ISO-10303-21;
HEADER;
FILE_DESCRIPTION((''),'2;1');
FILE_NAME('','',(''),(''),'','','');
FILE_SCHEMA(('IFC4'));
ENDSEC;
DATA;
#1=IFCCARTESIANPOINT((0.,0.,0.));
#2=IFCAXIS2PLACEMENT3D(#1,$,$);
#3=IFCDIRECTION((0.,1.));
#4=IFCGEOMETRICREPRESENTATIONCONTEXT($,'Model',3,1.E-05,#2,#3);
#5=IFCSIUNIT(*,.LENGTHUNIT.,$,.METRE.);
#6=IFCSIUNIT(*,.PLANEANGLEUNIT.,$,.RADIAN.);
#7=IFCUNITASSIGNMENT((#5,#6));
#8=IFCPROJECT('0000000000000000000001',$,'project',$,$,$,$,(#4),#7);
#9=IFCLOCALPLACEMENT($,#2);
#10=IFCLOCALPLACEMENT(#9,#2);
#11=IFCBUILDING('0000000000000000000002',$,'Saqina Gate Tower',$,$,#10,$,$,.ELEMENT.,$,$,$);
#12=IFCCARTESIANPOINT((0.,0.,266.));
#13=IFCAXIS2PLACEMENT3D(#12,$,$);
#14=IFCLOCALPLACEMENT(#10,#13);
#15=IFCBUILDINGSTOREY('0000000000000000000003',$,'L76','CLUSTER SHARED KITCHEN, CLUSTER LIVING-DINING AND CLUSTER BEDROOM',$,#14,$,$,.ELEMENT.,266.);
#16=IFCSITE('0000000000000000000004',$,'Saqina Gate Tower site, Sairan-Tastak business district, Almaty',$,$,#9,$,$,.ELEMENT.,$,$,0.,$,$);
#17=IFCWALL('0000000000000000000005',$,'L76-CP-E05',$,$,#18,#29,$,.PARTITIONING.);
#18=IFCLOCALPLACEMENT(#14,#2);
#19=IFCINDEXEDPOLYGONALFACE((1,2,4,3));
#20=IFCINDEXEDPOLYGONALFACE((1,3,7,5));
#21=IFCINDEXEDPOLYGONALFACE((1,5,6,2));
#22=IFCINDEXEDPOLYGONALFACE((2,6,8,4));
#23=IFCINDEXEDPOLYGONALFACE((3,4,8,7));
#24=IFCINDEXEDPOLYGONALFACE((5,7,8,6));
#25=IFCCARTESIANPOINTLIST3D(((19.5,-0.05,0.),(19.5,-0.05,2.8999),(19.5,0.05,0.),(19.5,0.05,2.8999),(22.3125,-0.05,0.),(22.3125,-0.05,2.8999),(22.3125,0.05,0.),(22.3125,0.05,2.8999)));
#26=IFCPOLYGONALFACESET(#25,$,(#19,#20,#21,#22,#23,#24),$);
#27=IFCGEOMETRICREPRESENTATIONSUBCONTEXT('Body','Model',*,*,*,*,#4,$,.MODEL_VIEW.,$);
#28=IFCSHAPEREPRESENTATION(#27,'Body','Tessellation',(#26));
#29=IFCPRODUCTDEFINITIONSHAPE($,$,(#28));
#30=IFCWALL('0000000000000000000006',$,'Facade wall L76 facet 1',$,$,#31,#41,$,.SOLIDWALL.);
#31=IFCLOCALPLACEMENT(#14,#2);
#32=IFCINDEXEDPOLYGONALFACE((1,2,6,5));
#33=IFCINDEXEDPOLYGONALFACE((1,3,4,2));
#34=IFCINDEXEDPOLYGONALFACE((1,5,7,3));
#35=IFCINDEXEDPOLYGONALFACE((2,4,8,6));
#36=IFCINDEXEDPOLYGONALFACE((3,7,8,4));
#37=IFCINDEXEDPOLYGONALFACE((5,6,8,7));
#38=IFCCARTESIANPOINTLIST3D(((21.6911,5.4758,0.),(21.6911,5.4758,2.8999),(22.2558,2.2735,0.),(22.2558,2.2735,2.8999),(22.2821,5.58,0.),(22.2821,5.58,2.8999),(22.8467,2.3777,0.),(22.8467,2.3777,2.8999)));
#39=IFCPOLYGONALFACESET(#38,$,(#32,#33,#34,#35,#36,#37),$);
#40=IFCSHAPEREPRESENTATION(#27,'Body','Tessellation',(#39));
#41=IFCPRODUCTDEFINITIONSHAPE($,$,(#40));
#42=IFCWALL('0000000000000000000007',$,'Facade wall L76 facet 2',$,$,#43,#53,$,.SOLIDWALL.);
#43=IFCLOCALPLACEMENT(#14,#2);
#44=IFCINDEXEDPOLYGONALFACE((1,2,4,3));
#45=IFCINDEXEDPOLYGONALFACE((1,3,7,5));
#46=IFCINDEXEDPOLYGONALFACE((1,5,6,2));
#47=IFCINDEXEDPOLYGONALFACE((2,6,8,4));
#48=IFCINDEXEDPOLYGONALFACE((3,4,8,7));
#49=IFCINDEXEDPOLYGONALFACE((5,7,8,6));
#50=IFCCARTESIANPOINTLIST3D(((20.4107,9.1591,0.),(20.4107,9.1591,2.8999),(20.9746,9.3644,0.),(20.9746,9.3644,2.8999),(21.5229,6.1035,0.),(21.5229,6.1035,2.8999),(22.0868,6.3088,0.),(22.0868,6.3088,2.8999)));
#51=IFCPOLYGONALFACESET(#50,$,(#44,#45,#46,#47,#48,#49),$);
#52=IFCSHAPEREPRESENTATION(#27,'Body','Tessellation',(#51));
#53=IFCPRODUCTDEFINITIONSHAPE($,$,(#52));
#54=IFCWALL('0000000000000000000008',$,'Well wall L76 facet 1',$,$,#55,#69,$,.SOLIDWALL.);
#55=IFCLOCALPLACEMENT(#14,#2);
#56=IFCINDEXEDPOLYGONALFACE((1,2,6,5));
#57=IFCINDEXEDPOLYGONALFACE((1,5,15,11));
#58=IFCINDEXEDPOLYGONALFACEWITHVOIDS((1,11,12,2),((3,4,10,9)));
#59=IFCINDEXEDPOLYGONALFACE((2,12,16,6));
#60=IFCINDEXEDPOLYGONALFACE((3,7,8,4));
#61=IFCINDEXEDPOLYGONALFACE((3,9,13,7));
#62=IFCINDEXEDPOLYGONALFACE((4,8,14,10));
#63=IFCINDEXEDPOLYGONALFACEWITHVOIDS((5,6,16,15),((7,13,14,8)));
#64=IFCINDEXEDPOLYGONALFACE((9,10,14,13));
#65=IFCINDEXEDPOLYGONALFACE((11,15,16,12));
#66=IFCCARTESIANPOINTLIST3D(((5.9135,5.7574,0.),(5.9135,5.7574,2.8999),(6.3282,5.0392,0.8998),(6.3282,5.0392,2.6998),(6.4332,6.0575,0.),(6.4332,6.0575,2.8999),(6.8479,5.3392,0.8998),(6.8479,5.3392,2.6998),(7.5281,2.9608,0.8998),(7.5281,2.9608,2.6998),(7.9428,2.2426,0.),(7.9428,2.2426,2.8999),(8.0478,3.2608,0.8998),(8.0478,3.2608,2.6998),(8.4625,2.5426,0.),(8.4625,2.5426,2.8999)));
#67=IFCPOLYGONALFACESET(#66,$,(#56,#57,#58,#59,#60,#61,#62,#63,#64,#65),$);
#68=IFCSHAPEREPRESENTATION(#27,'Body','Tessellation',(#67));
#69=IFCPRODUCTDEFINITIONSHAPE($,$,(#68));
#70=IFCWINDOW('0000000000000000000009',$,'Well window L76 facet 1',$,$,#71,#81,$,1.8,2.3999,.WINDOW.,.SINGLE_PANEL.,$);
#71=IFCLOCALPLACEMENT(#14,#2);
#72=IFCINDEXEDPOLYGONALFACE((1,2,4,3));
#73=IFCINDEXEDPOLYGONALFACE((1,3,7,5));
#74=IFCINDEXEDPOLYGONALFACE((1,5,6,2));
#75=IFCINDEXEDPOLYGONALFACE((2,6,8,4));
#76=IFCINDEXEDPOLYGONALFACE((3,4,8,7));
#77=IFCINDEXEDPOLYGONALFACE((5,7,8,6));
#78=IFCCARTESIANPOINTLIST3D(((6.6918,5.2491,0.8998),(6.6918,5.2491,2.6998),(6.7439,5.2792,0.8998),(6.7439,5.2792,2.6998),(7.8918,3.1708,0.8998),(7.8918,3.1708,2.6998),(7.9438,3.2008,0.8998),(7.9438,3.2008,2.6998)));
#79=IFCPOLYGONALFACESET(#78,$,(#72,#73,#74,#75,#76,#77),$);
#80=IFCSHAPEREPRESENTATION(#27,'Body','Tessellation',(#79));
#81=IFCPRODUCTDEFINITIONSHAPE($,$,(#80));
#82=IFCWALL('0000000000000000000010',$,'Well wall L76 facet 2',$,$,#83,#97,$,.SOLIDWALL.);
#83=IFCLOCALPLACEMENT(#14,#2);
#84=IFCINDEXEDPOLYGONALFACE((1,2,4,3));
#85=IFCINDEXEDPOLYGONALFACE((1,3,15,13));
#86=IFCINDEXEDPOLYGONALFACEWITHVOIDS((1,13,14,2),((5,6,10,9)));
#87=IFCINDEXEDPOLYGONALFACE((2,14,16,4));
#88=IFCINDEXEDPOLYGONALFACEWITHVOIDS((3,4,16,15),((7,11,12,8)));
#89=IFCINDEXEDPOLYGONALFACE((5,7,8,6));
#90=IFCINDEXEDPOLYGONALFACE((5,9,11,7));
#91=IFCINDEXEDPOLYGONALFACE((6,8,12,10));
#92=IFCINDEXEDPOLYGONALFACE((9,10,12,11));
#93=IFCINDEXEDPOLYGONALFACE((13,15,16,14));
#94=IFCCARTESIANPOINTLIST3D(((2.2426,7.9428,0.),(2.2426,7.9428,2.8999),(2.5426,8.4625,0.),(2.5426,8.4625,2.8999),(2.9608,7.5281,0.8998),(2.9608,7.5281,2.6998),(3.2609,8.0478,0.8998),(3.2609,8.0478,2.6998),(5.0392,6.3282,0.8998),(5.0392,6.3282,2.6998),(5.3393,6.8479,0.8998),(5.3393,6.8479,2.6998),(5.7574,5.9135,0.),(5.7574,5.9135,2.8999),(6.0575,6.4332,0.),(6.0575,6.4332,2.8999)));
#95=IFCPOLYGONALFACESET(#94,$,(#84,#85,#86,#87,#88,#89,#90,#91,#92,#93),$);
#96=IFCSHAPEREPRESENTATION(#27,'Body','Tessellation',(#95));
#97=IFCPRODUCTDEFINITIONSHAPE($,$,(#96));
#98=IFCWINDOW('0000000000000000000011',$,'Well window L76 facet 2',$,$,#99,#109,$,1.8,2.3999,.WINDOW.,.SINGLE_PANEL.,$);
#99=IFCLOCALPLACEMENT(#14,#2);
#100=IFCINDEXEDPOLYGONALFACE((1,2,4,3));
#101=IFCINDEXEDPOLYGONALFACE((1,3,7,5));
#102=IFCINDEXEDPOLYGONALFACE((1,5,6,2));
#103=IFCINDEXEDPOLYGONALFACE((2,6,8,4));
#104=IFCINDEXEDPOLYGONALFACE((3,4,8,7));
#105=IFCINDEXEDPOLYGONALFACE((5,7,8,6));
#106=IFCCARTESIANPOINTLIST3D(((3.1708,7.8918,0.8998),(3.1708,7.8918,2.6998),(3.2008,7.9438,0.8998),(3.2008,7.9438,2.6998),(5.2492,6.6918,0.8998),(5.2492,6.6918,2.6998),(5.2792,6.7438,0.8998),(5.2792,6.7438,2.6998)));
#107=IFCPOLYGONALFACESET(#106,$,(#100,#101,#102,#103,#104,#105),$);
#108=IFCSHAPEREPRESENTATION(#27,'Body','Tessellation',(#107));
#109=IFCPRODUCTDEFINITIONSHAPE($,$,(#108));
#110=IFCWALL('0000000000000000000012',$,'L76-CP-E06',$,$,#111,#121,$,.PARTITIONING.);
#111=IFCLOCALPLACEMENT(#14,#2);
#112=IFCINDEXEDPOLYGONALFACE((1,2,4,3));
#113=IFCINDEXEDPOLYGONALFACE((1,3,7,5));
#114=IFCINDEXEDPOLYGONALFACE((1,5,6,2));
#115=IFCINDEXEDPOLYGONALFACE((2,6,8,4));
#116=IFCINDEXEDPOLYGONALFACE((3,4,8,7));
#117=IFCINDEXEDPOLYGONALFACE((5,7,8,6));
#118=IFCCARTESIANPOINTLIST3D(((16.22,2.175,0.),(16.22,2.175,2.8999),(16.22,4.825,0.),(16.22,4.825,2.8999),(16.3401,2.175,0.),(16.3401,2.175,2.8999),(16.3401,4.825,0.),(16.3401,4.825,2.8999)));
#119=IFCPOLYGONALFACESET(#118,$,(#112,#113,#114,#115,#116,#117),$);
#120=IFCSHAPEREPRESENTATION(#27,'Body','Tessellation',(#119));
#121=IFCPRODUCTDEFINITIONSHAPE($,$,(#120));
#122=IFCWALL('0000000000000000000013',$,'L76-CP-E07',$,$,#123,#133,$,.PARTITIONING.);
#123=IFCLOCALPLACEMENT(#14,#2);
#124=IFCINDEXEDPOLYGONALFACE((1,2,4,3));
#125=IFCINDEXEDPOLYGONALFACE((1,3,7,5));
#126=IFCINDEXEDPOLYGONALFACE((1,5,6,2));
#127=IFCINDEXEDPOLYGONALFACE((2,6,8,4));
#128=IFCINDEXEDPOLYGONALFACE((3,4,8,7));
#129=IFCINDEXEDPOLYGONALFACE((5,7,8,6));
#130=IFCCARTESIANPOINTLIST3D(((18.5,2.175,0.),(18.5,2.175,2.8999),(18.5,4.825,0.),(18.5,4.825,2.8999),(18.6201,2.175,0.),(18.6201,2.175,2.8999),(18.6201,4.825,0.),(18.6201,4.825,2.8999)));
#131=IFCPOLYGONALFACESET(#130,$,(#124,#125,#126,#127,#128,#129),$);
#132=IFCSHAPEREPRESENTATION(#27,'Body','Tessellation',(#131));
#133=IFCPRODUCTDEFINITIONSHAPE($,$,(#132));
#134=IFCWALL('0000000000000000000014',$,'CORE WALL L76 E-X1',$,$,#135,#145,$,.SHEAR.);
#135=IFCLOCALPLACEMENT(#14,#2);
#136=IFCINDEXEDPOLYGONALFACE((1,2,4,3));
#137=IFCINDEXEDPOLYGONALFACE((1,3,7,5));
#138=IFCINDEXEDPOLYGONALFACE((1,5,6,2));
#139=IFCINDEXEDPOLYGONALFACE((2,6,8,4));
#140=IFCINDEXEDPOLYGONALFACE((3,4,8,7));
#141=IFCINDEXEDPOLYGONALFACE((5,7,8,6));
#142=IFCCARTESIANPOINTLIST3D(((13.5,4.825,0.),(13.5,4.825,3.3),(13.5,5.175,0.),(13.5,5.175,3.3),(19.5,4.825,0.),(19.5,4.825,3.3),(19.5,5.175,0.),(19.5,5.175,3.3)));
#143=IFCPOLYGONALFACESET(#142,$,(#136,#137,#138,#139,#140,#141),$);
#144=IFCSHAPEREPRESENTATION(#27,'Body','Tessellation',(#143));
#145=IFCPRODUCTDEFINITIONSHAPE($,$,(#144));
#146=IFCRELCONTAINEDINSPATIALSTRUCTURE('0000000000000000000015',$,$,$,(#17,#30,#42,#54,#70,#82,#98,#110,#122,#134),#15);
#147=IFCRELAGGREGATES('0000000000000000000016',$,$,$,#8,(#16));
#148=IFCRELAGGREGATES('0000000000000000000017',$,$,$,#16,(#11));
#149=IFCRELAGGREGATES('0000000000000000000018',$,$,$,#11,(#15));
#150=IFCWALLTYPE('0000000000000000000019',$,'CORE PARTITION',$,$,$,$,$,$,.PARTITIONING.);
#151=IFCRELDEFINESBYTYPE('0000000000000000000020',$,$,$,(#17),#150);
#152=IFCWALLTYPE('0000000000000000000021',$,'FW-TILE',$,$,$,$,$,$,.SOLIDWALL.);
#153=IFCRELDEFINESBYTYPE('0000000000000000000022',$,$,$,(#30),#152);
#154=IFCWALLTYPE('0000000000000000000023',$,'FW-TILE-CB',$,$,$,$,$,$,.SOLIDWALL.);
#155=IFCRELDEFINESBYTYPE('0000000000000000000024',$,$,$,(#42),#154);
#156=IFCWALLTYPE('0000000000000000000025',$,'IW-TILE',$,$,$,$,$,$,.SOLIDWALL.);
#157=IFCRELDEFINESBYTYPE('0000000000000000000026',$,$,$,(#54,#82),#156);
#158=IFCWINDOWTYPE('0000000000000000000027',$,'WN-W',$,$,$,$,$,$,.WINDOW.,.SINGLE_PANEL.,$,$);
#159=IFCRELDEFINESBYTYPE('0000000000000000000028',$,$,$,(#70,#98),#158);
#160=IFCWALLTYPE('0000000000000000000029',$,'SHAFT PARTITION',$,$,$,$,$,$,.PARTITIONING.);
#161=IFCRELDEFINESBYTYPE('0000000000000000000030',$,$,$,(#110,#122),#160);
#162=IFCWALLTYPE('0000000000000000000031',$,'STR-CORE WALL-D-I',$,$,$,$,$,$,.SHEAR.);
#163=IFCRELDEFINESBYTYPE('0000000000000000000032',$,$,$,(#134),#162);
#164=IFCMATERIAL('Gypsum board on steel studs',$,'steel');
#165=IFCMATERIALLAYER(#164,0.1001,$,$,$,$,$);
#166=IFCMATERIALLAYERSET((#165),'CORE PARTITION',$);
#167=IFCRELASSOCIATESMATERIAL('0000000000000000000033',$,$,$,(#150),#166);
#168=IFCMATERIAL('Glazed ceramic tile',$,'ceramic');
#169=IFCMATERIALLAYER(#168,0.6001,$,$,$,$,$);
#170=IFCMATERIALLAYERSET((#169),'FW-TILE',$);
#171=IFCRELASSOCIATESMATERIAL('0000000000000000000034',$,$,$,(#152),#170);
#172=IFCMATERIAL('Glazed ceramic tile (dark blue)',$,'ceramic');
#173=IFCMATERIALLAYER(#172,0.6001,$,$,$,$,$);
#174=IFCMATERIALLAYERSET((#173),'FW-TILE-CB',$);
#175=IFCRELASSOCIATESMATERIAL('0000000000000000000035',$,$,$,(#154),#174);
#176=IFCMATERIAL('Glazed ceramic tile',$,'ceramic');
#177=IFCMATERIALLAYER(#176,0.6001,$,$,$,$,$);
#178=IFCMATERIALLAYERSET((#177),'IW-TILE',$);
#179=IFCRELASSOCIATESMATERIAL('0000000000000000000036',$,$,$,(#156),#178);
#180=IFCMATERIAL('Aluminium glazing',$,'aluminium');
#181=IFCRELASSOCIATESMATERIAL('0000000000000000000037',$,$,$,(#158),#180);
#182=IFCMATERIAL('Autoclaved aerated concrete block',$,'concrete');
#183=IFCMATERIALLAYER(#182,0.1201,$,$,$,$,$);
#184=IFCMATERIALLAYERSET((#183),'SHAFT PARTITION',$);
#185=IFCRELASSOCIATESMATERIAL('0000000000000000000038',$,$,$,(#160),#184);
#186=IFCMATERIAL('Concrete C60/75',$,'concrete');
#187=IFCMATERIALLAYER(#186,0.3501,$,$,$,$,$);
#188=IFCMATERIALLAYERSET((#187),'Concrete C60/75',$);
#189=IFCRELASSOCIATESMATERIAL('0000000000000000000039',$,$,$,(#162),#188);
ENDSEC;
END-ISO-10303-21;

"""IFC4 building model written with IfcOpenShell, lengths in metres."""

from ifc_helpers import new_model, si_unit, direction, frame, frame_2d, origin, place, context, subcontext, project, spatial, rectangle, extrude, material, layer, layer_set, type_object, element, fill, save


model = new_model("IFC4")

# Units and contexts
model_context = context("Model", 3, precision=1e-05, world=origin(), true_north=direction((0.0, 1.0)))
body_context = subcontext(model_context, "Body", "Model", "MODEL_VIEW")
ifc_project = project(units=[si_unit("LENGTHUNIT", "METRE"), si_unit("PLANEANGLEUNIT", "RADIAN")], contexts=[model_context])

# Site, building, storey
site_placement = place(None, origin())
site = spatial("IfcSite", under=ifc_project, at=site_placement, Name="Saqina Gate Tower site, Sairan-Tastak business district, Almaty", CompositionType="ELEMENT", RefElevation=0.0)
building_placement = place(site_placement, origin())
building = spatial("IfcBuilding", under=site, at=building_placement, Name="Saqina Gate Tower", CompositionType="ELEMENT")
storey_placement = place(building_placement, frame((0.0, 0.0, 266.0)))
storey = spatial("IfcBuildingStorey", under=building, at=storey_placement, Name="L76", Description="CLUSTER SHARED KITCHEN, CLUSTER LIVING-DINING AND CLUSTER BEDROOM", CompositionType="ELEMENT", Elevation=266.0)

# Shared definitions
ifc_material_1 = material(Name="Gypsum board on steel studs", Category="steel")
ifc_layer_1 = layer(ifc_material_1, 0.1001)
ifc_layer_set_1 = layer_set([ifc_layer_1], Name="CORE PARTITION")
wall_type_1 = type_object("IfcWallType", Name="CORE PARTITION", PredefinedType="PARTITIONING", material=ifc_layer_set_1)

# Walls
wall_1_placement = place(storey_placement, frame((19.5, 0.0, 0.0), z_axis=(0.0, 0.0, 1.0), x_axis=(1.0, 0.0, 0.0)))
element("IfcWall", 1, at=wall_1_placement, inside=storey, type_object=wall_type_1, Name="L76-CP-E05", PredefinedType="PARTITIONING", context=body_context, shape_type="SweptSolid", body=[
    extrude(rectangle(XDim=2.8125, YDim=0.1001, at=frame_2d((1.4062, 0.0))), origin(), (0.0, 0.0, 1.0), 2.8999),
])
ifc_material_2 = material(Name="Glazed ceramic tile", Category="ceramic")
ifc_layer_2 = layer(ifc_material_2, 0.6001)
ifc_layer_set_2 = layer_set([ifc_layer_2], Name="FW-TILE")
wall_type_2 = type_object("IfcWallType", Name="FW-TILE", PredefinedType="SOLIDWALL", material=ifc_layer_set_2)
wall_2_placement = place(storey_placement, frame((22.5513, 2.3254, 0.0), z_axis=(0.0, 0.0, 1.0), x_axis=(-0.173657, 0.984806, 0.0)))
element("IfcWall", 2, at=wall_2_placement, inside=storey, type_object=wall_type_2, Name="Facade wall L76 facet 1", PredefinedType="SOLIDWALL", context=body_context, shape_type="SweptSolid", body=[
    extrude(rectangle(XDim=3.2517, YDim=0.6001, at=frame_2d((1.626, 0.0))), origin(), (0.0, 0.0, 1.0), 2.8999),
])
ifc_material_3 = material(Name="Glazed ceramic tile (dark blue)", Category="ceramic")
ifc_layer_3 = layer(ifc_material_3, 0.6001)
ifc_layer_set_3 = layer_set([ifc_layer_3], Name="FW-TILE-CB")
wall_type_3 = type_object("IfcWallType", Name="FW-TILE-CB", PredefinedType="SOLIDWALL", material=ifc_layer_set_3)
wall_3_placement = place(storey_placement, frame((21.8049, 6.2061, 0.0), z_axis=(0.0, 0.0, 1.0), x_axis=(-0.342057, 0.939679, 0.0)))
element("IfcWall", 3, at=wall_3_placement, inside=storey, type_object=wall_type_3, Name="Facade wall L76 facet 2", PredefinedType="SOLIDWALL", context=body_context, shape_type="SweptSolid", body=[
    extrude(rectangle(XDim=3.2517, YDim=0.6001, at=frame_2d((1.626, 0.0))), origin(), (0.0, 0.0, 1.0), 2.8999),
])

# Walls, openings, windows
ifc_material_4 = material(Name="Glazed ceramic tile", Category="ceramic")
ifc_layer_4 = layer(ifc_material_4, 0.6001)
ifc_layer_set_4 = layer_set([ifc_layer_4], Name="IW-TILE")
wall_type_4 = type_object("IfcWallType", Name="IW-TILE", PredefinedType="SOLIDWALL", material=ifc_layer_set_4)
wall_4_placement = place(storey_placement, frame((8.2026, 2.3926, 0.0), z_axis=(0.0, 0.0, 1.0), x_axis=(-0.499995, 0.866028, 0.0)))
wall_4 = element("IfcWall", 4, at=wall_4_placement, inside=storey, type_object=wall_type_4, Name="Well wall L76 facet 1", PredefinedType="SOLIDWALL", context=body_context, shape_type="SweptSolid", body=[
    extrude(rectangle(XDim=4.0586, YDim=0.6001, at=frame_2d((2.0293, 0.0))), origin(), (0.0, 0.0, 1.0), 2.8999),
])
opening_1_placement = place(wall_4_placement, frame((0.8293, 0.0, 0.8999)))
opening_1 = element("IfcOpeningElement", 5, at=opening_1_placement, cuts=wall_4, PredefinedType="OPENING", context=body_context, shape_type="SweptSolid", body=[
    extrude(rectangle(XDim=2.3999, YDim=1.8, at=frame_2d((1.2, 0.8999))), frame((0.0, 0.312, 0.0), z_axis=(0.0, -1.0, 0.0), x_axis=(1.0, 0.0, 0.0)), (0.0, 0.0, 1.0), 0.624),
])
ifc_material_5 = material(Name="Aluminium glazing", Category="aluminium")
window_type = type_object("IfcWindowType", Name="WN-W", PartitioningType="SINGLE_PANEL", PredefinedType="WINDOW", material=ifc_material_5)
window_1_placement = place(opening_1_placement, origin())
window_1 = element("IfcWindow", 6, at=window_1_placement, inside=storey, type_object=window_type, Name="Well window L76 facet 1", OverallHeight=1.8, OverallWidth=2.3999, PartitioningType="SINGLE_PANEL", PredefinedType="WINDOW", context=body_context, shape_type="SweptSolid", body=[
    extrude(rectangle(XDim=2.3999, YDim=1.8, at=frame_2d((1.2, 0.8999))), frame((0.0, -0.1199, 0.0), z_axis=(0.0, -1.0, 0.0), x_axis=(1.0, 0.0, 0.0)), (0.0, 0.0, 1.0), 0.0601),
])
fill(opening_1, window_1)
wall_5_placement = place(storey_placement, frame((5.9075, 6.1733, 0.0), z_axis=(0.0, 0.0, 1.0), x_axis=(-0.866028, 0.499995, 0.0)))
wall_5 = element("IfcWall", 7, at=wall_5_placement, inside=storey, type_object=wall_type_4, Name="Well wall L76 facet 2", PredefinedType="SOLIDWALL", context=body_context, shape_type="SweptSolid", body=[
    extrude(rectangle(XDim=4.0586, YDim=0.6001, at=frame_2d((2.0293, 0.0))), origin(), (0.0, 0.0, 1.0), 2.8999),
])
opening_2_placement = place(wall_5_placement, frame((0.8293, 0.0, 0.8999)))
opening_2 = element("IfcOpeningElement", 8, at=opening_2_placement, cuts=wall_5, PredefinedType="OPENING", context=body_context, shape_type="SweptSolid", body=[
    extrude(rectangle(XDim=2.3999, YDim=1.8, at=frame_2d((1.2, 0.8999))), frame((0.0, 0.312, 0.0), z_axis=(0.0, -1.0, 0.0), x_axis=(1.0, 0.0, 0.0)), (0.0, 0.0, 1.0), 0.624),
])
window_2_placement = place(opening_2_placement, origin())
window_2 = element("IfcWindow", 9, at=window_2_placement, inside=storey, type_object=window_type, Name="Well window L76 facet 2", OverallHeight=1.8, OverallWidth=2.3999, PartitioningType="SINGLE_PANEL", PredefinedType="WINDOW", context=body_context, shape_type="SweptSolid", body=[
    extrude(rectangle(XDim=2.3999, YDim=1.8, at=frame_2d((1.2, 0.8999))), frame((0.0, -0.1199, 0.0), z_axis=(0.0, -1.0, 0.0), x_axis=(1.0, 0.0, 0.0)), (0.0, 0.0, 1.0), 0.0601),
])
fill(opening_2, window_2)

# Walls
ifc_material_6 = material(Name="Autoclaved aerated concrete block", Category="concrete")
ifc_layer_5 = layer(ifc_material_6, 0.1201)
ifc_layer_set_5 = layer_set([ifc_layer_5], Name="SHAFT PARTITION")
wall_type_5 = type_object("IfcWallType", Name="SHAFT PARTITION", PredefinedType="PARTITIONING", material=ifc_layer_set_5)
for number, where, z_axis, x_axis, name in (
    (10, (16.28, 2.175, 0.0), (0.0, 0.0, 1.0), (0.0, 1.0, 0.0), "L76-CP-E06"),
    (11, (18.5601, 2.175, 0.0), (0.0, 0.0, 1.0), (0.0, 1.0, 0.0), "L76-CP-E07"),
):
    element("IfcWall", number, at=place(storey_placement, frame(where, z_axis=z_axis, x_axis=x_axis)), inside=storey, type_object=wall_type_5, Name=name, PredefinedType="PARTITIONING", context=body_context, shape_type="SweptSolid", body=[
        extrude(rectangle(XDim=2.6499, YDim=0.1201, at=frame_2d((1.325, 0.0))), origin(), (0.0, 0.0, 1.0), 2.8999),
    ])
ifc_material_7 = material(Name="Concrete C60/75", Category="concrete")
ifc_layer_6 = layer(ifc_material_7, 0.3501)
ifc_layer_set_6 = layer_set([ifc_layer_6], Name="Concrete C60/75")
wall_type_6 = type_object("IfcWallType", Name="STR-CORE WALL-D-I", PredefinedType="SHEAR", material=ifc_layer_set_6)
wall_6_placement = place(storey_placement, frame((13.5, 5.0, 0.0), z_axis=(0.0, 0.0, 1.0), x_axis=(1.0, 0.0, 0.0)))
element("IfcWall", 12, at=wall_6_placement, inside=storey, type_object=wall_type_6, Name="CORE WALL L76 E-X1", PredefinedType="SHEAR", context=body_context, shape_type="SweptSolid", body=[
    extrude(rectangle(XDim=6.0, YDim=0.3501, at=frame_2d((3.0, 0.0))), origin(), (0.0, 0.0, 1.0), 3.3),
])

save(model, "model.ifc")
